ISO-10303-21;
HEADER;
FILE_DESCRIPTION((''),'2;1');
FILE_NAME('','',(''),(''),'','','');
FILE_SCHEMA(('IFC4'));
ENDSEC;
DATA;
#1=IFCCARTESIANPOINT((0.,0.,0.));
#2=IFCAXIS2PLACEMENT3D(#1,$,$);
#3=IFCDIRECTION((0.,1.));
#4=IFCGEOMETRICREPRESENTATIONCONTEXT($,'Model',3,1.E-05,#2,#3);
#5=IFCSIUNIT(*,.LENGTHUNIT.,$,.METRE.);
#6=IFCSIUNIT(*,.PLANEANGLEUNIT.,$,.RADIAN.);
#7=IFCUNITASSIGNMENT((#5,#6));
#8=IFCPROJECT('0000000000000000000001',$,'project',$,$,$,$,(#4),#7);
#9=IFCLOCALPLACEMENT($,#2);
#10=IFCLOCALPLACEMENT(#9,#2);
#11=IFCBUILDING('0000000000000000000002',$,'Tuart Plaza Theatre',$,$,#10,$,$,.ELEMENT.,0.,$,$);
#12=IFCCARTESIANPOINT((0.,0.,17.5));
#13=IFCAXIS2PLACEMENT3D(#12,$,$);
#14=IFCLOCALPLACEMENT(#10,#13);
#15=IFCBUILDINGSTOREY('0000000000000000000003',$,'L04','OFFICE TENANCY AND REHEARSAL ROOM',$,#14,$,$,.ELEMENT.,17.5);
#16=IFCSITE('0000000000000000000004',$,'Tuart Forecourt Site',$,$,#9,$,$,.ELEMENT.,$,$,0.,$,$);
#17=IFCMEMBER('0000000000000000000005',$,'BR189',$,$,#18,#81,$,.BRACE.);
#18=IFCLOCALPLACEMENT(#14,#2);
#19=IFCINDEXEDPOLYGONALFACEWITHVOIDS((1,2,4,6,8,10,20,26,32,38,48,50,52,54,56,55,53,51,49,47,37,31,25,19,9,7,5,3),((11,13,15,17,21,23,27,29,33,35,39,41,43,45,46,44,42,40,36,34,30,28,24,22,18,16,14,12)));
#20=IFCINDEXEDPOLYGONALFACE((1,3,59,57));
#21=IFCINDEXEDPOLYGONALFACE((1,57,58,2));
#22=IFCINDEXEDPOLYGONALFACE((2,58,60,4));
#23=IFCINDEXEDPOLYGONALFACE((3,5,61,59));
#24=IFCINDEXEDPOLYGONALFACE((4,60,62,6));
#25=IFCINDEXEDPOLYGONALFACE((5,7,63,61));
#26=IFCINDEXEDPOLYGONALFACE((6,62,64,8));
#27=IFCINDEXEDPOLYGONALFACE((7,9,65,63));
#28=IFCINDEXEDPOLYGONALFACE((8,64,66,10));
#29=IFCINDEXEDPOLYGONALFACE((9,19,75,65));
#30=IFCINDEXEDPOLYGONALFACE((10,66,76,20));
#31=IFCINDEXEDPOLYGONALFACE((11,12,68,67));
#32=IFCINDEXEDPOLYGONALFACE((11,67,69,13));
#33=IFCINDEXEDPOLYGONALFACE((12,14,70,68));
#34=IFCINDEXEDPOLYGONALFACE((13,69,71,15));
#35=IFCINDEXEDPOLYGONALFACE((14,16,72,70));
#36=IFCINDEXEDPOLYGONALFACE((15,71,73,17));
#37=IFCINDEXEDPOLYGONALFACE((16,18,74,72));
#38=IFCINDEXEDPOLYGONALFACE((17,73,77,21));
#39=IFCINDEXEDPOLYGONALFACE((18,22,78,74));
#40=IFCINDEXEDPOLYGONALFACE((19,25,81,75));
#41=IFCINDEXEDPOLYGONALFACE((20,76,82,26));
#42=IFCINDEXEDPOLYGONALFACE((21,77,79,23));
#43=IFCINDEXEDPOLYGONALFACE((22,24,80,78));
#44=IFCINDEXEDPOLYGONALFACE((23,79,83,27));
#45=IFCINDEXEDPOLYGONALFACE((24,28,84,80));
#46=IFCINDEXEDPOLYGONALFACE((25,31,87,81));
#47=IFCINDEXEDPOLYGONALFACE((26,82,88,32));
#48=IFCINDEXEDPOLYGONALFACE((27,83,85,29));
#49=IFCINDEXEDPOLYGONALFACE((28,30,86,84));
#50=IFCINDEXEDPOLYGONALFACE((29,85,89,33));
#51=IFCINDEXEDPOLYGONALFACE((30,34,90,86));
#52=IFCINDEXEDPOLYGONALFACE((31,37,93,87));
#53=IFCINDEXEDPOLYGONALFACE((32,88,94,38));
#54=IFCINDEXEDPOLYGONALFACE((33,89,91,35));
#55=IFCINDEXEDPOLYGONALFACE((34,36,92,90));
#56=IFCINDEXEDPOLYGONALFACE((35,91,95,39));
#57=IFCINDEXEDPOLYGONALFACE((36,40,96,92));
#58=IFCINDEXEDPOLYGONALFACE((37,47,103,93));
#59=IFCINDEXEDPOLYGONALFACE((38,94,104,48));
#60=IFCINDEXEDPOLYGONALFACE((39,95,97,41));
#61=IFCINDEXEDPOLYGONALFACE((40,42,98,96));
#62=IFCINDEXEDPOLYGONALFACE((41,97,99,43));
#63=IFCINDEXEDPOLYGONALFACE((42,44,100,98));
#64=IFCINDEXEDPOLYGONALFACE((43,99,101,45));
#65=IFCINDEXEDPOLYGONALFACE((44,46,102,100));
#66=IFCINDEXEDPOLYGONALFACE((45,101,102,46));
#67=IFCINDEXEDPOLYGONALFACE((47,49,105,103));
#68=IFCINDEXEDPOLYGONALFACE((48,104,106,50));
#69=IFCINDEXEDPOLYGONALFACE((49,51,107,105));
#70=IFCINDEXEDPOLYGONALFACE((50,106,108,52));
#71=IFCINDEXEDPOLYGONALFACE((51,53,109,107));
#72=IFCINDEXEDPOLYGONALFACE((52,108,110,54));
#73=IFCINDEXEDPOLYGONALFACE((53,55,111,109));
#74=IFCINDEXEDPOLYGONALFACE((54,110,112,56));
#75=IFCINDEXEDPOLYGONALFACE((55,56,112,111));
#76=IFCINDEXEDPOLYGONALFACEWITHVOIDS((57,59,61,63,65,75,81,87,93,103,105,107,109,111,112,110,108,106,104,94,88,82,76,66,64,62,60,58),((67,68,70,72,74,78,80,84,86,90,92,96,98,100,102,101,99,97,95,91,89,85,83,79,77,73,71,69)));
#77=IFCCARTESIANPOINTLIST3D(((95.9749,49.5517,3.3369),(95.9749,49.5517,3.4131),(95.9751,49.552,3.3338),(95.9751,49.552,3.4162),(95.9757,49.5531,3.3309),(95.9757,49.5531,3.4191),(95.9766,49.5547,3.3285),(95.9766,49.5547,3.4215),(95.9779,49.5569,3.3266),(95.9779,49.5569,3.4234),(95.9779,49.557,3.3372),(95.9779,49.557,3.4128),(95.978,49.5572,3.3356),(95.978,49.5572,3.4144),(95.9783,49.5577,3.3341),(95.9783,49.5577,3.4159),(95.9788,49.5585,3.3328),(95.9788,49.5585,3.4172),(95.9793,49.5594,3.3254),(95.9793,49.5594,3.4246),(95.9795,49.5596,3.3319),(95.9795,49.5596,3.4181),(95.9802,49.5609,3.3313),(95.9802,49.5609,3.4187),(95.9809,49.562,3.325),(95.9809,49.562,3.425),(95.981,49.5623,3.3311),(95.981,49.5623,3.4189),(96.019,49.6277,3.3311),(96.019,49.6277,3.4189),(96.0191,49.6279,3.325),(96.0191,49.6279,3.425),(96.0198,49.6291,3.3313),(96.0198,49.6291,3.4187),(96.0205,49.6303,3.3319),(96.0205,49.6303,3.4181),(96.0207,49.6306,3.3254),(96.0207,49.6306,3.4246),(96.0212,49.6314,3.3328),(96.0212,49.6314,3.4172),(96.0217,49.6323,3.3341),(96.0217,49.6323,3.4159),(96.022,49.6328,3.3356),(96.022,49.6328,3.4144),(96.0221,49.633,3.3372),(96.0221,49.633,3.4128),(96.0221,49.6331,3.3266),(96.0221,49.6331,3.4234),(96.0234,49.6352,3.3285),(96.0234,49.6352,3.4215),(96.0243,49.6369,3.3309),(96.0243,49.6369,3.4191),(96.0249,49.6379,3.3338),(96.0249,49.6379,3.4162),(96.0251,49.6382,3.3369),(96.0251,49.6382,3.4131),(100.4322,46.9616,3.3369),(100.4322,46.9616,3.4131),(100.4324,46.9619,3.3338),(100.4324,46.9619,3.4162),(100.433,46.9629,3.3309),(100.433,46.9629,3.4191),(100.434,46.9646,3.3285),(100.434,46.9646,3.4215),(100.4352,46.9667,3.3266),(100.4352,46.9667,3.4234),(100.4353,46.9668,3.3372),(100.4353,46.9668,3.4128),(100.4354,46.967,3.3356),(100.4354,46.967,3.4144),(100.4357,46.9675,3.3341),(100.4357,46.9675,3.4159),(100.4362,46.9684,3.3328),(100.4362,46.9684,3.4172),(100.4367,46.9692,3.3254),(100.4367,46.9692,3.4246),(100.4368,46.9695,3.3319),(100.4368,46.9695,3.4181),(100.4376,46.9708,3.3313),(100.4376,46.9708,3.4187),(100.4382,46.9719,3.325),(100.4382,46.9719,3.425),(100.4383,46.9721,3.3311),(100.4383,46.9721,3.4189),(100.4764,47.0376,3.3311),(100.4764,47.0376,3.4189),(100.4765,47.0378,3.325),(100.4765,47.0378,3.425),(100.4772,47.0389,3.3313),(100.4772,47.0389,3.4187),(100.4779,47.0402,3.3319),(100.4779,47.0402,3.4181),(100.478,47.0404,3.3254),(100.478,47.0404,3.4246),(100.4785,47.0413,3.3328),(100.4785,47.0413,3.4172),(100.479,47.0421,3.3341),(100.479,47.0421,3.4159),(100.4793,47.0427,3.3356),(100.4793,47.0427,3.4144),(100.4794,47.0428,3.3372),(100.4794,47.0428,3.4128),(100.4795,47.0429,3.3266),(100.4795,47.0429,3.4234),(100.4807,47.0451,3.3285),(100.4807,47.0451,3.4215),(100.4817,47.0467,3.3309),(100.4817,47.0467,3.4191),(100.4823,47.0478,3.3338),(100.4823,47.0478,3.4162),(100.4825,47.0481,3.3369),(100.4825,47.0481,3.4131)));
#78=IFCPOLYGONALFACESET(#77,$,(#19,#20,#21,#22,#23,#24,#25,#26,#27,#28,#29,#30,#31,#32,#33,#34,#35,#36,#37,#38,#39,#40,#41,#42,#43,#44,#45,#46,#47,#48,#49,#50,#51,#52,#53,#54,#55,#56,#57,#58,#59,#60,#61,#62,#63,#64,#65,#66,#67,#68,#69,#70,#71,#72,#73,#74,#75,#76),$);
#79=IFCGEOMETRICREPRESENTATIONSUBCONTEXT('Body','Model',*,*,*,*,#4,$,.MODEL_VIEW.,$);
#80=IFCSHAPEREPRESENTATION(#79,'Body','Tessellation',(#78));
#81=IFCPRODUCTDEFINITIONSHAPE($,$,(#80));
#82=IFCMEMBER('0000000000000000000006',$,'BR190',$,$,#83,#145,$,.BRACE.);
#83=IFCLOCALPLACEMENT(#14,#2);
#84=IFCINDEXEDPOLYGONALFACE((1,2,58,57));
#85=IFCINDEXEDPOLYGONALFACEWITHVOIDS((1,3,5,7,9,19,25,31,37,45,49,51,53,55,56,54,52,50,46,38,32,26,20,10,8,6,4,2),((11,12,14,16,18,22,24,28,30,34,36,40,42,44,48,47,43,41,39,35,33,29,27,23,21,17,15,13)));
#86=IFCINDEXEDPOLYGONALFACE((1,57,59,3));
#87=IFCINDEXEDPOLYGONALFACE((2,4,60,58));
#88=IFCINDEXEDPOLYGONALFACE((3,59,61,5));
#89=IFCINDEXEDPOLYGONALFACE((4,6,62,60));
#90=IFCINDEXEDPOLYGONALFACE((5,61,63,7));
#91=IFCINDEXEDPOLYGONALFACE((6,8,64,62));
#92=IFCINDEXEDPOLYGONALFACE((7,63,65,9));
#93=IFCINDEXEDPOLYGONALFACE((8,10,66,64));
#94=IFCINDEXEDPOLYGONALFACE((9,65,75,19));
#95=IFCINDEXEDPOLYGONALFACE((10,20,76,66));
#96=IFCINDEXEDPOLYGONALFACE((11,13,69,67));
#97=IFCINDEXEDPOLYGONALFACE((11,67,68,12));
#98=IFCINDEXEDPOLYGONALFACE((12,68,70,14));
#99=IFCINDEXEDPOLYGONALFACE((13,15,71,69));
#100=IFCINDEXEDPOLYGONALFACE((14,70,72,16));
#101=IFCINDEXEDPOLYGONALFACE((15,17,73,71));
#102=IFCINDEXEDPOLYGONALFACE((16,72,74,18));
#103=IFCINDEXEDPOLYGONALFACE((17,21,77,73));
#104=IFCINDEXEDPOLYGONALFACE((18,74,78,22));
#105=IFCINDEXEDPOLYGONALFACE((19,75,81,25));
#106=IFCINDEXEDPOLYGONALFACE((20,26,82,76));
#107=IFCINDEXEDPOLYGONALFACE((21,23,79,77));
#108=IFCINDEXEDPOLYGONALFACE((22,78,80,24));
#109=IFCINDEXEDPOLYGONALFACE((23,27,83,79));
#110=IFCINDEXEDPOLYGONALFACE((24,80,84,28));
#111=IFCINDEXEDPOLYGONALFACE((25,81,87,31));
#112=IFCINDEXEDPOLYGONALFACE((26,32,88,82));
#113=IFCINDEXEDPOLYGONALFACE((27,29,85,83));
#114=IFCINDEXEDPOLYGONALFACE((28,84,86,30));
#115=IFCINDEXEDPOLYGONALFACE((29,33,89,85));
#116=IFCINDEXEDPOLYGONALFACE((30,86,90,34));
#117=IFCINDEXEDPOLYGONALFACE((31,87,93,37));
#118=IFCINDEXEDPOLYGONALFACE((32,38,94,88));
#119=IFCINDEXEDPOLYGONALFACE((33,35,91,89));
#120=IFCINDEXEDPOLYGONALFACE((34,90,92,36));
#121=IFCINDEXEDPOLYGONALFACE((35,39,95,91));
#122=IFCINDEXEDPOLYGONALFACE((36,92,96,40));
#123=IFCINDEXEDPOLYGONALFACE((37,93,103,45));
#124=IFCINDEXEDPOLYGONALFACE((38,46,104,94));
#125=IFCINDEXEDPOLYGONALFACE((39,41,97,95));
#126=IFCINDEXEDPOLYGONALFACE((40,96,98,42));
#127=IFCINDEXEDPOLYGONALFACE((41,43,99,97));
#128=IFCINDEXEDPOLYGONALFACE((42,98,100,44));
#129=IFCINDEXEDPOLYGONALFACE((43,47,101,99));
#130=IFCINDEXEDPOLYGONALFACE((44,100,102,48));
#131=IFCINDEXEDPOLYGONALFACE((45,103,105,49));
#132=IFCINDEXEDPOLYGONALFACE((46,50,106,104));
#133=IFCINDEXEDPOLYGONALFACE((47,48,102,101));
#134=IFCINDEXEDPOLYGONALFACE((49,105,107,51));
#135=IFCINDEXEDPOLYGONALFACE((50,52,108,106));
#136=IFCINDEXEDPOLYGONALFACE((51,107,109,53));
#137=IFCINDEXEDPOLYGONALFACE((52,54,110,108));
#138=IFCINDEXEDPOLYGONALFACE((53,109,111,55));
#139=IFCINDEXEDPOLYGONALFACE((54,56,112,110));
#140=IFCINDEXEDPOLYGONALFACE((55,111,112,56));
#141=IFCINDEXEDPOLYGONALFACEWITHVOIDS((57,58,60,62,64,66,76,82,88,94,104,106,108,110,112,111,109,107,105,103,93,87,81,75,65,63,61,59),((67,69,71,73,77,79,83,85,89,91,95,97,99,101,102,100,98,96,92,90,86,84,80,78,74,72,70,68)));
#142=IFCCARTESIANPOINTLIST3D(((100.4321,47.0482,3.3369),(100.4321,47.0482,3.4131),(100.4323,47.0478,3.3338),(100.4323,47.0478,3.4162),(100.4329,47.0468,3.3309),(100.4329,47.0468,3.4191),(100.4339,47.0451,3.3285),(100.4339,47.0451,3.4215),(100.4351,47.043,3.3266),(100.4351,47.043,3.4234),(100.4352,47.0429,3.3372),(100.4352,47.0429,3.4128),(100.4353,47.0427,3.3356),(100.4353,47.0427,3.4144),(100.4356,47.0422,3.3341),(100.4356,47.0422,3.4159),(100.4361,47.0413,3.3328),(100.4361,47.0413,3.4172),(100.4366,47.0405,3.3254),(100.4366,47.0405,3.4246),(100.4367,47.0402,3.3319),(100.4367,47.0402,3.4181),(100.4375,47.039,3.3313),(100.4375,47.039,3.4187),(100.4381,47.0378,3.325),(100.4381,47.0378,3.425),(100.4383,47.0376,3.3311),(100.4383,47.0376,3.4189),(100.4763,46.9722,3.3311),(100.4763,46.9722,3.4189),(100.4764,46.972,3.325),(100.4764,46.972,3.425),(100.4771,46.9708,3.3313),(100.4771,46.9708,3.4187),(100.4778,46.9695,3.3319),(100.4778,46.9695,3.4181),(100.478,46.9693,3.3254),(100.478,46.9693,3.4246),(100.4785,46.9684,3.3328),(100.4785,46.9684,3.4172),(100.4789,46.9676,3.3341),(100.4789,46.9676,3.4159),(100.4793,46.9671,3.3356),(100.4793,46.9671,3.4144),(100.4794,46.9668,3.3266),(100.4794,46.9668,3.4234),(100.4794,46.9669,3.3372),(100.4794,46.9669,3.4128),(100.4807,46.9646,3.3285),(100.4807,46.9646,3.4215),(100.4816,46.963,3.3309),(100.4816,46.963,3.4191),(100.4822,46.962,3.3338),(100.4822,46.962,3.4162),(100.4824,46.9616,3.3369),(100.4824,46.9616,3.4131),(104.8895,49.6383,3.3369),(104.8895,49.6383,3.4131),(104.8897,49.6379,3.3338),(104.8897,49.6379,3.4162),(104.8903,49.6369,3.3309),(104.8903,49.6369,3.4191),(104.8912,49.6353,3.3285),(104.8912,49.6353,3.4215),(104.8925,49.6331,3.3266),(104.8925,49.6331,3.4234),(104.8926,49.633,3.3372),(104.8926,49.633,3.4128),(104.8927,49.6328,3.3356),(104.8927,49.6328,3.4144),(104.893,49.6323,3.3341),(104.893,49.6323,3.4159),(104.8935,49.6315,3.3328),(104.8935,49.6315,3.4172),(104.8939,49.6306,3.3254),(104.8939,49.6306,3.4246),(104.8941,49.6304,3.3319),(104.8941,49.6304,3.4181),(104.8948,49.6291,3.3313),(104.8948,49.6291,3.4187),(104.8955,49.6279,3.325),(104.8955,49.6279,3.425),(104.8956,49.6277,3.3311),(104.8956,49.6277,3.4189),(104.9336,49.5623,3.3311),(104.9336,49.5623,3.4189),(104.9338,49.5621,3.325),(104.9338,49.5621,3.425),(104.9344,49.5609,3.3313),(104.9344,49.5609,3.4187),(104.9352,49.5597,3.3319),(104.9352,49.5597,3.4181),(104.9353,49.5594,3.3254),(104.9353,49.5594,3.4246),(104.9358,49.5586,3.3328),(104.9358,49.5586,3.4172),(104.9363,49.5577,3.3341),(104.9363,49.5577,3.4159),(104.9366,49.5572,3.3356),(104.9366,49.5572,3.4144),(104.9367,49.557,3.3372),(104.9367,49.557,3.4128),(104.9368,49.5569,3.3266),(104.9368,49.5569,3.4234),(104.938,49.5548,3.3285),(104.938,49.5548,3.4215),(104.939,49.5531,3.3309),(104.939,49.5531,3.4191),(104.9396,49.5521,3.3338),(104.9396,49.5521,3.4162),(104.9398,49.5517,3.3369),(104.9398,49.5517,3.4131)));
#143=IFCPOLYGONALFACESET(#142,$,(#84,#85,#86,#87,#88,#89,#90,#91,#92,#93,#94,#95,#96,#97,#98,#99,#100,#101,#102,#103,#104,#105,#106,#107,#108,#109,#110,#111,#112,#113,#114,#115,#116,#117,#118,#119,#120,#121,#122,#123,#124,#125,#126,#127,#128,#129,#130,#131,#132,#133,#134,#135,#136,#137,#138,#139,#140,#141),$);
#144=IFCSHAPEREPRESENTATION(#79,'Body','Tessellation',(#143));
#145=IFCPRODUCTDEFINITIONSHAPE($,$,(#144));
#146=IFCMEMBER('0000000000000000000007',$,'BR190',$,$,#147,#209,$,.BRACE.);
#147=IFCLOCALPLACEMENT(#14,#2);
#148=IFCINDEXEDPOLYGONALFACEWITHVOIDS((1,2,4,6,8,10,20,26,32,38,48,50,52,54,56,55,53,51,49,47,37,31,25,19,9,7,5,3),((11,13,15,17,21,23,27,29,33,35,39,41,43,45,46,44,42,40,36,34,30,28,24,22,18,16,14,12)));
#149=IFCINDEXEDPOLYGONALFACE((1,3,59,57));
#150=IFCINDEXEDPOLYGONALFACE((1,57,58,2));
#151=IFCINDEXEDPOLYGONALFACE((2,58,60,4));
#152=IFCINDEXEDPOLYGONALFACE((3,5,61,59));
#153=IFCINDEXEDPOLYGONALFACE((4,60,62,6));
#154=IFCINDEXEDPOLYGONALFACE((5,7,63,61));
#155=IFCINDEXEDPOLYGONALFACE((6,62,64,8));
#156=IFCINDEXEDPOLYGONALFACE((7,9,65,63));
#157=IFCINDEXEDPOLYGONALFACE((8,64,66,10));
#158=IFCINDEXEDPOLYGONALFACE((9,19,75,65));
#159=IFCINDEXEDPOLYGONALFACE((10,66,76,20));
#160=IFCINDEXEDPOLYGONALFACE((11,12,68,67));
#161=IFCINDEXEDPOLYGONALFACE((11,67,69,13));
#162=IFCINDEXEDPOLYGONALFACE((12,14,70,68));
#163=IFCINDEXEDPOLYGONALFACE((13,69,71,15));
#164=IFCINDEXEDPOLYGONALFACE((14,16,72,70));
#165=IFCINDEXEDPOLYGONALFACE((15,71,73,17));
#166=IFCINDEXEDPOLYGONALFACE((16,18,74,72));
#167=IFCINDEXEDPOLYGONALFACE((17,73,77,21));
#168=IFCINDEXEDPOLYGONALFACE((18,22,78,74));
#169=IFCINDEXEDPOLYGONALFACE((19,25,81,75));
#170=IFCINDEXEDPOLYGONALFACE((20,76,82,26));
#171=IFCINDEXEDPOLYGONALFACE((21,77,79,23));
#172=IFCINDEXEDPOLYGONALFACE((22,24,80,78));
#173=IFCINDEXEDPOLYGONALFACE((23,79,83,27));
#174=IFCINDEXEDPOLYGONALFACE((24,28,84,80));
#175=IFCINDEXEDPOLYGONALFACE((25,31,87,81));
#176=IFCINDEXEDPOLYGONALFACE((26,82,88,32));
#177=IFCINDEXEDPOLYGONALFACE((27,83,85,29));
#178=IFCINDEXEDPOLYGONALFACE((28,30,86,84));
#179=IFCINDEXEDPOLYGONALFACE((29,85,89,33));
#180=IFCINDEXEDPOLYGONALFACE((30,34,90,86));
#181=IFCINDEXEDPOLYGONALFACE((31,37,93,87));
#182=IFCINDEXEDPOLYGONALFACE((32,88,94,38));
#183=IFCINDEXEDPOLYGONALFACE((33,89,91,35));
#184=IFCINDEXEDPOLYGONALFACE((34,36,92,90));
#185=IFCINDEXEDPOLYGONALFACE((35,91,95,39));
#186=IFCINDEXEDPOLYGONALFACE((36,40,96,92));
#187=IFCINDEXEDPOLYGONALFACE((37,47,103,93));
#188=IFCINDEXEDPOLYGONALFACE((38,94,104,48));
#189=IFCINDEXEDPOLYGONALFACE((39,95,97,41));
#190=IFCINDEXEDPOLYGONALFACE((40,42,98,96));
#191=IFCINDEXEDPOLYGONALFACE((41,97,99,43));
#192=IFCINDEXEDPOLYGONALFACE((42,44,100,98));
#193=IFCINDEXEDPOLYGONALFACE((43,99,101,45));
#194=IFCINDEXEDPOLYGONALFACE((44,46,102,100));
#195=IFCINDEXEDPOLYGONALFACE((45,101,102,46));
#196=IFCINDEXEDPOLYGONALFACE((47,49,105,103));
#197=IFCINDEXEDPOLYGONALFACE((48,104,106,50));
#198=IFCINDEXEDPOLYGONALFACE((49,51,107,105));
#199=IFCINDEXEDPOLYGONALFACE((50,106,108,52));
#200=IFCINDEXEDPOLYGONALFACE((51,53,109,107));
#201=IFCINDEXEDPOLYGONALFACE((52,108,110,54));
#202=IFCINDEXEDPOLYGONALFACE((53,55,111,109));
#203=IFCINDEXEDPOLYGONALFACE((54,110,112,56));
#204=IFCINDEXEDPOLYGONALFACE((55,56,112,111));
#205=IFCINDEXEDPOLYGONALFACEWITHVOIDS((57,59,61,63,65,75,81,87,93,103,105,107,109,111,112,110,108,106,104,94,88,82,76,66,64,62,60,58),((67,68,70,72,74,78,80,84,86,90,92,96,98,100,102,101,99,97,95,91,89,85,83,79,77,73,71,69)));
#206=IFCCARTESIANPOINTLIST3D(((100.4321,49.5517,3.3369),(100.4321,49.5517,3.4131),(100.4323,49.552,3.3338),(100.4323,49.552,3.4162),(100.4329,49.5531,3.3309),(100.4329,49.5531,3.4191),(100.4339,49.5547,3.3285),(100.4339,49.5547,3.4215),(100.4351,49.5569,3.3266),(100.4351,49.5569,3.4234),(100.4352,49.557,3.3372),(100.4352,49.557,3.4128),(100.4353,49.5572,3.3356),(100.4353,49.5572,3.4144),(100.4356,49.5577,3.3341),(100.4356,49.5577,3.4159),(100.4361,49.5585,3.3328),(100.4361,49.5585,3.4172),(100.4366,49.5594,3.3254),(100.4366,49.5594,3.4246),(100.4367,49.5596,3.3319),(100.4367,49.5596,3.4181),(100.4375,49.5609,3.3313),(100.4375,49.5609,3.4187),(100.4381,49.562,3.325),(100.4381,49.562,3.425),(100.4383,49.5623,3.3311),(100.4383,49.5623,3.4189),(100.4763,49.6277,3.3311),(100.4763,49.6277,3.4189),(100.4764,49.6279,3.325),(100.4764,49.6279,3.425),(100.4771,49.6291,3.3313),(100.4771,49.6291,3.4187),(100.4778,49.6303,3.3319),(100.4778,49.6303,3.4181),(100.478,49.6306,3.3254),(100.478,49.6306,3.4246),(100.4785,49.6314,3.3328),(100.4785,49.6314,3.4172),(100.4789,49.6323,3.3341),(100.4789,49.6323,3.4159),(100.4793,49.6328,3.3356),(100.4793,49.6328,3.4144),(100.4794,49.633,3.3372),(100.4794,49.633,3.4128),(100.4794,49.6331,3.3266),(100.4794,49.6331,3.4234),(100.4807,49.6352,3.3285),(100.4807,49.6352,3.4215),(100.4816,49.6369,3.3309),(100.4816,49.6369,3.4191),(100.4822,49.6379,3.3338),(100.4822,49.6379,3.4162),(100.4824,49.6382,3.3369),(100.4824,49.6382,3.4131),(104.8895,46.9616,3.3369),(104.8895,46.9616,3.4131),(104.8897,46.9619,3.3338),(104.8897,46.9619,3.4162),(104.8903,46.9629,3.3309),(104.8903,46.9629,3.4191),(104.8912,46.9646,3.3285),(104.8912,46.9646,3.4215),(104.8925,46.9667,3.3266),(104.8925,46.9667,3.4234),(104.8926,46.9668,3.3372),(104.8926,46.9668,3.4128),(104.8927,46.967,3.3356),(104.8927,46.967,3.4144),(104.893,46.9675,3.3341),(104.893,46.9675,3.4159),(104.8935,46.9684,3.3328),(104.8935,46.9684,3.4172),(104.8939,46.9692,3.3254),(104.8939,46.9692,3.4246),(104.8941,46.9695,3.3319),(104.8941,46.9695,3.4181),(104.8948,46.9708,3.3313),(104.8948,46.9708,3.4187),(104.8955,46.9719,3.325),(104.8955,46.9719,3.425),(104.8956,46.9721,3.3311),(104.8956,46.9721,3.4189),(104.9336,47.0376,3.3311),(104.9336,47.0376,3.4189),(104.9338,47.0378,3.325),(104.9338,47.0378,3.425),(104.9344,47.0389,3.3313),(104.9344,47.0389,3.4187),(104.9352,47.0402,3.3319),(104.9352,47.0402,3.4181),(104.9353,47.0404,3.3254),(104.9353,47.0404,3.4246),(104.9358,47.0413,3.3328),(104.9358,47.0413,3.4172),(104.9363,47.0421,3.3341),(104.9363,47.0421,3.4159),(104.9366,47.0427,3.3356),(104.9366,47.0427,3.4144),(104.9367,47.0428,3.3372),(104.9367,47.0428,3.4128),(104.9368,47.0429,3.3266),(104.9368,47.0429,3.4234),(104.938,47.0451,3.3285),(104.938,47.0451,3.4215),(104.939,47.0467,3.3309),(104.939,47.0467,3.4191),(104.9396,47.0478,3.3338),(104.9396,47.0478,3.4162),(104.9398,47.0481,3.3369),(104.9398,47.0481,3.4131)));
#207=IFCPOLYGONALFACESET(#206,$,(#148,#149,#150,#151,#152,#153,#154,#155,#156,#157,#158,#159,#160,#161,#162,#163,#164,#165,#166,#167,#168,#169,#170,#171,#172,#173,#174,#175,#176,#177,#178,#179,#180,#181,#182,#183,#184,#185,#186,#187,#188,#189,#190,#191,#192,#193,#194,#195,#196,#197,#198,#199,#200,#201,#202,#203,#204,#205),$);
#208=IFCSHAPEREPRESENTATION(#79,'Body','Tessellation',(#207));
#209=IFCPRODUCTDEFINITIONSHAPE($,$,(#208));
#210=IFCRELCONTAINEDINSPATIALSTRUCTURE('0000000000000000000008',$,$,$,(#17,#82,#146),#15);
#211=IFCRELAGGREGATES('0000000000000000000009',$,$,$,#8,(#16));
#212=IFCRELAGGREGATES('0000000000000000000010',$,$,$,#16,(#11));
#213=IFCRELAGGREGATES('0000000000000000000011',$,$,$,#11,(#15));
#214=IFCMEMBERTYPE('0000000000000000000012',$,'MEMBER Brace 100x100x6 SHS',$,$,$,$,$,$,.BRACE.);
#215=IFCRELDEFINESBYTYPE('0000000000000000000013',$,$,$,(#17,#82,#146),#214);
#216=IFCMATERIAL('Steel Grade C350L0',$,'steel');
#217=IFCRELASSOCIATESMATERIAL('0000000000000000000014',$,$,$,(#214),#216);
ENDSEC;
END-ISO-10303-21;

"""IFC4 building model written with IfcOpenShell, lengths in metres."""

from ifc_helpers import new_model, si_unit, direction, frame, origin, origin_2d, place, context, subcontext, project, spatial, hollow_rectangle, extrude, material, material_profile, profile_set, type_object, element, save


model = new_model("IFC4")

# Units and contexts
model_context = context("Model", 3, precision=1e-05, world=origin(), true_north=direction((0.0, 1.0)))
body_context = subcontext(model_context, "Body", "Model", "MODEL_VIEW")
ifc_project = project(units=[si_unit("LENGTHUNIT", "METRE"), si_unit("PLANEANGLEUNIT", "RADIAN")], contexts=[model_context])

# Site, building, storey
site_placement = place(None, origin())
site = spatial("IfcSite", under=ifc_project, at=site_placement, Name="Tuart Forecourt Site", CompositionType="ELEMENT", RefElevation=0.0)
building_placement = place(site_placement, origin())
building = spatial("IfcBuilding", under=site, at=building_placement, Name="Tuart Plaza Theatre", CompositionType="ELEMENT", ElevationOfRefHeight=0.0)
storey_placement = place(building_placement, frame((0.0, 0.0, 17.5)))
storey = spatial("IfcBuildingStorey", under=building, at=storey_placement, Name="L04", Description="OFFICE TENANCY AND REHEARSAL ROOM", CompositionType="ELEMENT", Elevation=17.5)

# Members
ifc_material_1 = material(Name="Steel Grade C350L0", Category="steel")
ifc_material_profile_1 = material_profile(ifc_material_1, hollow_rectangle(XDim=0.1001, YDim=0.1001, WallThickness=0.0061, InnerFilletRadius=0.0061, OuterFilletRadius=0.012, at=origin_2d()), Name="100x100x6 SHS")
ifc_profile_set_1 = profile_set([ifc_material_profile_1], Name="Steel Grade C350L0")
member_type_1 = type_object("IfcMemberType", Name="MEMBER Brace 100x100x6 SHS", PredefinedType="BRACE", material=ifc_profile_set_1)
for number, where, z_axis, x_axis, name in (
    (1, (96.0, 49.595, 3.375), (0.864621, -0.502425, 0.0), (0.502425, 0.864621, 0.0), "BR189"),
    (2, (100.4573, 47.0049, 3.375), (0.864621, 0.502425, 0.0), (-0.502425, 0.864621, 0.0), "BR190"),
    (3, (100.4573, 49.595, 3.375), (0.864621, -0.502425, 0.0), (0.502425, 0.864621, 0.0), "BR190"),
):
    element("IfcMember", number, at=place(storey_placement, frame(where, z_axis=z_axis, x_axis=x_axis)), inside=storey, type_object=member_type_1, Name=name, PredefinedType="BRACE", context=body_context, shape_type="SweptSolid", body=[
        extrude(hollow_rectangle(XDim=0.1001, YDim=0.1001, WallThickness=0.0061, InnerFilletRadius=0.0061, OuterFilletRadius=0.012, at=origin_2d()), origin(), (0.0, 0.0, 1.0), 5.1553),
    ])

save(model, "model.ifc")
